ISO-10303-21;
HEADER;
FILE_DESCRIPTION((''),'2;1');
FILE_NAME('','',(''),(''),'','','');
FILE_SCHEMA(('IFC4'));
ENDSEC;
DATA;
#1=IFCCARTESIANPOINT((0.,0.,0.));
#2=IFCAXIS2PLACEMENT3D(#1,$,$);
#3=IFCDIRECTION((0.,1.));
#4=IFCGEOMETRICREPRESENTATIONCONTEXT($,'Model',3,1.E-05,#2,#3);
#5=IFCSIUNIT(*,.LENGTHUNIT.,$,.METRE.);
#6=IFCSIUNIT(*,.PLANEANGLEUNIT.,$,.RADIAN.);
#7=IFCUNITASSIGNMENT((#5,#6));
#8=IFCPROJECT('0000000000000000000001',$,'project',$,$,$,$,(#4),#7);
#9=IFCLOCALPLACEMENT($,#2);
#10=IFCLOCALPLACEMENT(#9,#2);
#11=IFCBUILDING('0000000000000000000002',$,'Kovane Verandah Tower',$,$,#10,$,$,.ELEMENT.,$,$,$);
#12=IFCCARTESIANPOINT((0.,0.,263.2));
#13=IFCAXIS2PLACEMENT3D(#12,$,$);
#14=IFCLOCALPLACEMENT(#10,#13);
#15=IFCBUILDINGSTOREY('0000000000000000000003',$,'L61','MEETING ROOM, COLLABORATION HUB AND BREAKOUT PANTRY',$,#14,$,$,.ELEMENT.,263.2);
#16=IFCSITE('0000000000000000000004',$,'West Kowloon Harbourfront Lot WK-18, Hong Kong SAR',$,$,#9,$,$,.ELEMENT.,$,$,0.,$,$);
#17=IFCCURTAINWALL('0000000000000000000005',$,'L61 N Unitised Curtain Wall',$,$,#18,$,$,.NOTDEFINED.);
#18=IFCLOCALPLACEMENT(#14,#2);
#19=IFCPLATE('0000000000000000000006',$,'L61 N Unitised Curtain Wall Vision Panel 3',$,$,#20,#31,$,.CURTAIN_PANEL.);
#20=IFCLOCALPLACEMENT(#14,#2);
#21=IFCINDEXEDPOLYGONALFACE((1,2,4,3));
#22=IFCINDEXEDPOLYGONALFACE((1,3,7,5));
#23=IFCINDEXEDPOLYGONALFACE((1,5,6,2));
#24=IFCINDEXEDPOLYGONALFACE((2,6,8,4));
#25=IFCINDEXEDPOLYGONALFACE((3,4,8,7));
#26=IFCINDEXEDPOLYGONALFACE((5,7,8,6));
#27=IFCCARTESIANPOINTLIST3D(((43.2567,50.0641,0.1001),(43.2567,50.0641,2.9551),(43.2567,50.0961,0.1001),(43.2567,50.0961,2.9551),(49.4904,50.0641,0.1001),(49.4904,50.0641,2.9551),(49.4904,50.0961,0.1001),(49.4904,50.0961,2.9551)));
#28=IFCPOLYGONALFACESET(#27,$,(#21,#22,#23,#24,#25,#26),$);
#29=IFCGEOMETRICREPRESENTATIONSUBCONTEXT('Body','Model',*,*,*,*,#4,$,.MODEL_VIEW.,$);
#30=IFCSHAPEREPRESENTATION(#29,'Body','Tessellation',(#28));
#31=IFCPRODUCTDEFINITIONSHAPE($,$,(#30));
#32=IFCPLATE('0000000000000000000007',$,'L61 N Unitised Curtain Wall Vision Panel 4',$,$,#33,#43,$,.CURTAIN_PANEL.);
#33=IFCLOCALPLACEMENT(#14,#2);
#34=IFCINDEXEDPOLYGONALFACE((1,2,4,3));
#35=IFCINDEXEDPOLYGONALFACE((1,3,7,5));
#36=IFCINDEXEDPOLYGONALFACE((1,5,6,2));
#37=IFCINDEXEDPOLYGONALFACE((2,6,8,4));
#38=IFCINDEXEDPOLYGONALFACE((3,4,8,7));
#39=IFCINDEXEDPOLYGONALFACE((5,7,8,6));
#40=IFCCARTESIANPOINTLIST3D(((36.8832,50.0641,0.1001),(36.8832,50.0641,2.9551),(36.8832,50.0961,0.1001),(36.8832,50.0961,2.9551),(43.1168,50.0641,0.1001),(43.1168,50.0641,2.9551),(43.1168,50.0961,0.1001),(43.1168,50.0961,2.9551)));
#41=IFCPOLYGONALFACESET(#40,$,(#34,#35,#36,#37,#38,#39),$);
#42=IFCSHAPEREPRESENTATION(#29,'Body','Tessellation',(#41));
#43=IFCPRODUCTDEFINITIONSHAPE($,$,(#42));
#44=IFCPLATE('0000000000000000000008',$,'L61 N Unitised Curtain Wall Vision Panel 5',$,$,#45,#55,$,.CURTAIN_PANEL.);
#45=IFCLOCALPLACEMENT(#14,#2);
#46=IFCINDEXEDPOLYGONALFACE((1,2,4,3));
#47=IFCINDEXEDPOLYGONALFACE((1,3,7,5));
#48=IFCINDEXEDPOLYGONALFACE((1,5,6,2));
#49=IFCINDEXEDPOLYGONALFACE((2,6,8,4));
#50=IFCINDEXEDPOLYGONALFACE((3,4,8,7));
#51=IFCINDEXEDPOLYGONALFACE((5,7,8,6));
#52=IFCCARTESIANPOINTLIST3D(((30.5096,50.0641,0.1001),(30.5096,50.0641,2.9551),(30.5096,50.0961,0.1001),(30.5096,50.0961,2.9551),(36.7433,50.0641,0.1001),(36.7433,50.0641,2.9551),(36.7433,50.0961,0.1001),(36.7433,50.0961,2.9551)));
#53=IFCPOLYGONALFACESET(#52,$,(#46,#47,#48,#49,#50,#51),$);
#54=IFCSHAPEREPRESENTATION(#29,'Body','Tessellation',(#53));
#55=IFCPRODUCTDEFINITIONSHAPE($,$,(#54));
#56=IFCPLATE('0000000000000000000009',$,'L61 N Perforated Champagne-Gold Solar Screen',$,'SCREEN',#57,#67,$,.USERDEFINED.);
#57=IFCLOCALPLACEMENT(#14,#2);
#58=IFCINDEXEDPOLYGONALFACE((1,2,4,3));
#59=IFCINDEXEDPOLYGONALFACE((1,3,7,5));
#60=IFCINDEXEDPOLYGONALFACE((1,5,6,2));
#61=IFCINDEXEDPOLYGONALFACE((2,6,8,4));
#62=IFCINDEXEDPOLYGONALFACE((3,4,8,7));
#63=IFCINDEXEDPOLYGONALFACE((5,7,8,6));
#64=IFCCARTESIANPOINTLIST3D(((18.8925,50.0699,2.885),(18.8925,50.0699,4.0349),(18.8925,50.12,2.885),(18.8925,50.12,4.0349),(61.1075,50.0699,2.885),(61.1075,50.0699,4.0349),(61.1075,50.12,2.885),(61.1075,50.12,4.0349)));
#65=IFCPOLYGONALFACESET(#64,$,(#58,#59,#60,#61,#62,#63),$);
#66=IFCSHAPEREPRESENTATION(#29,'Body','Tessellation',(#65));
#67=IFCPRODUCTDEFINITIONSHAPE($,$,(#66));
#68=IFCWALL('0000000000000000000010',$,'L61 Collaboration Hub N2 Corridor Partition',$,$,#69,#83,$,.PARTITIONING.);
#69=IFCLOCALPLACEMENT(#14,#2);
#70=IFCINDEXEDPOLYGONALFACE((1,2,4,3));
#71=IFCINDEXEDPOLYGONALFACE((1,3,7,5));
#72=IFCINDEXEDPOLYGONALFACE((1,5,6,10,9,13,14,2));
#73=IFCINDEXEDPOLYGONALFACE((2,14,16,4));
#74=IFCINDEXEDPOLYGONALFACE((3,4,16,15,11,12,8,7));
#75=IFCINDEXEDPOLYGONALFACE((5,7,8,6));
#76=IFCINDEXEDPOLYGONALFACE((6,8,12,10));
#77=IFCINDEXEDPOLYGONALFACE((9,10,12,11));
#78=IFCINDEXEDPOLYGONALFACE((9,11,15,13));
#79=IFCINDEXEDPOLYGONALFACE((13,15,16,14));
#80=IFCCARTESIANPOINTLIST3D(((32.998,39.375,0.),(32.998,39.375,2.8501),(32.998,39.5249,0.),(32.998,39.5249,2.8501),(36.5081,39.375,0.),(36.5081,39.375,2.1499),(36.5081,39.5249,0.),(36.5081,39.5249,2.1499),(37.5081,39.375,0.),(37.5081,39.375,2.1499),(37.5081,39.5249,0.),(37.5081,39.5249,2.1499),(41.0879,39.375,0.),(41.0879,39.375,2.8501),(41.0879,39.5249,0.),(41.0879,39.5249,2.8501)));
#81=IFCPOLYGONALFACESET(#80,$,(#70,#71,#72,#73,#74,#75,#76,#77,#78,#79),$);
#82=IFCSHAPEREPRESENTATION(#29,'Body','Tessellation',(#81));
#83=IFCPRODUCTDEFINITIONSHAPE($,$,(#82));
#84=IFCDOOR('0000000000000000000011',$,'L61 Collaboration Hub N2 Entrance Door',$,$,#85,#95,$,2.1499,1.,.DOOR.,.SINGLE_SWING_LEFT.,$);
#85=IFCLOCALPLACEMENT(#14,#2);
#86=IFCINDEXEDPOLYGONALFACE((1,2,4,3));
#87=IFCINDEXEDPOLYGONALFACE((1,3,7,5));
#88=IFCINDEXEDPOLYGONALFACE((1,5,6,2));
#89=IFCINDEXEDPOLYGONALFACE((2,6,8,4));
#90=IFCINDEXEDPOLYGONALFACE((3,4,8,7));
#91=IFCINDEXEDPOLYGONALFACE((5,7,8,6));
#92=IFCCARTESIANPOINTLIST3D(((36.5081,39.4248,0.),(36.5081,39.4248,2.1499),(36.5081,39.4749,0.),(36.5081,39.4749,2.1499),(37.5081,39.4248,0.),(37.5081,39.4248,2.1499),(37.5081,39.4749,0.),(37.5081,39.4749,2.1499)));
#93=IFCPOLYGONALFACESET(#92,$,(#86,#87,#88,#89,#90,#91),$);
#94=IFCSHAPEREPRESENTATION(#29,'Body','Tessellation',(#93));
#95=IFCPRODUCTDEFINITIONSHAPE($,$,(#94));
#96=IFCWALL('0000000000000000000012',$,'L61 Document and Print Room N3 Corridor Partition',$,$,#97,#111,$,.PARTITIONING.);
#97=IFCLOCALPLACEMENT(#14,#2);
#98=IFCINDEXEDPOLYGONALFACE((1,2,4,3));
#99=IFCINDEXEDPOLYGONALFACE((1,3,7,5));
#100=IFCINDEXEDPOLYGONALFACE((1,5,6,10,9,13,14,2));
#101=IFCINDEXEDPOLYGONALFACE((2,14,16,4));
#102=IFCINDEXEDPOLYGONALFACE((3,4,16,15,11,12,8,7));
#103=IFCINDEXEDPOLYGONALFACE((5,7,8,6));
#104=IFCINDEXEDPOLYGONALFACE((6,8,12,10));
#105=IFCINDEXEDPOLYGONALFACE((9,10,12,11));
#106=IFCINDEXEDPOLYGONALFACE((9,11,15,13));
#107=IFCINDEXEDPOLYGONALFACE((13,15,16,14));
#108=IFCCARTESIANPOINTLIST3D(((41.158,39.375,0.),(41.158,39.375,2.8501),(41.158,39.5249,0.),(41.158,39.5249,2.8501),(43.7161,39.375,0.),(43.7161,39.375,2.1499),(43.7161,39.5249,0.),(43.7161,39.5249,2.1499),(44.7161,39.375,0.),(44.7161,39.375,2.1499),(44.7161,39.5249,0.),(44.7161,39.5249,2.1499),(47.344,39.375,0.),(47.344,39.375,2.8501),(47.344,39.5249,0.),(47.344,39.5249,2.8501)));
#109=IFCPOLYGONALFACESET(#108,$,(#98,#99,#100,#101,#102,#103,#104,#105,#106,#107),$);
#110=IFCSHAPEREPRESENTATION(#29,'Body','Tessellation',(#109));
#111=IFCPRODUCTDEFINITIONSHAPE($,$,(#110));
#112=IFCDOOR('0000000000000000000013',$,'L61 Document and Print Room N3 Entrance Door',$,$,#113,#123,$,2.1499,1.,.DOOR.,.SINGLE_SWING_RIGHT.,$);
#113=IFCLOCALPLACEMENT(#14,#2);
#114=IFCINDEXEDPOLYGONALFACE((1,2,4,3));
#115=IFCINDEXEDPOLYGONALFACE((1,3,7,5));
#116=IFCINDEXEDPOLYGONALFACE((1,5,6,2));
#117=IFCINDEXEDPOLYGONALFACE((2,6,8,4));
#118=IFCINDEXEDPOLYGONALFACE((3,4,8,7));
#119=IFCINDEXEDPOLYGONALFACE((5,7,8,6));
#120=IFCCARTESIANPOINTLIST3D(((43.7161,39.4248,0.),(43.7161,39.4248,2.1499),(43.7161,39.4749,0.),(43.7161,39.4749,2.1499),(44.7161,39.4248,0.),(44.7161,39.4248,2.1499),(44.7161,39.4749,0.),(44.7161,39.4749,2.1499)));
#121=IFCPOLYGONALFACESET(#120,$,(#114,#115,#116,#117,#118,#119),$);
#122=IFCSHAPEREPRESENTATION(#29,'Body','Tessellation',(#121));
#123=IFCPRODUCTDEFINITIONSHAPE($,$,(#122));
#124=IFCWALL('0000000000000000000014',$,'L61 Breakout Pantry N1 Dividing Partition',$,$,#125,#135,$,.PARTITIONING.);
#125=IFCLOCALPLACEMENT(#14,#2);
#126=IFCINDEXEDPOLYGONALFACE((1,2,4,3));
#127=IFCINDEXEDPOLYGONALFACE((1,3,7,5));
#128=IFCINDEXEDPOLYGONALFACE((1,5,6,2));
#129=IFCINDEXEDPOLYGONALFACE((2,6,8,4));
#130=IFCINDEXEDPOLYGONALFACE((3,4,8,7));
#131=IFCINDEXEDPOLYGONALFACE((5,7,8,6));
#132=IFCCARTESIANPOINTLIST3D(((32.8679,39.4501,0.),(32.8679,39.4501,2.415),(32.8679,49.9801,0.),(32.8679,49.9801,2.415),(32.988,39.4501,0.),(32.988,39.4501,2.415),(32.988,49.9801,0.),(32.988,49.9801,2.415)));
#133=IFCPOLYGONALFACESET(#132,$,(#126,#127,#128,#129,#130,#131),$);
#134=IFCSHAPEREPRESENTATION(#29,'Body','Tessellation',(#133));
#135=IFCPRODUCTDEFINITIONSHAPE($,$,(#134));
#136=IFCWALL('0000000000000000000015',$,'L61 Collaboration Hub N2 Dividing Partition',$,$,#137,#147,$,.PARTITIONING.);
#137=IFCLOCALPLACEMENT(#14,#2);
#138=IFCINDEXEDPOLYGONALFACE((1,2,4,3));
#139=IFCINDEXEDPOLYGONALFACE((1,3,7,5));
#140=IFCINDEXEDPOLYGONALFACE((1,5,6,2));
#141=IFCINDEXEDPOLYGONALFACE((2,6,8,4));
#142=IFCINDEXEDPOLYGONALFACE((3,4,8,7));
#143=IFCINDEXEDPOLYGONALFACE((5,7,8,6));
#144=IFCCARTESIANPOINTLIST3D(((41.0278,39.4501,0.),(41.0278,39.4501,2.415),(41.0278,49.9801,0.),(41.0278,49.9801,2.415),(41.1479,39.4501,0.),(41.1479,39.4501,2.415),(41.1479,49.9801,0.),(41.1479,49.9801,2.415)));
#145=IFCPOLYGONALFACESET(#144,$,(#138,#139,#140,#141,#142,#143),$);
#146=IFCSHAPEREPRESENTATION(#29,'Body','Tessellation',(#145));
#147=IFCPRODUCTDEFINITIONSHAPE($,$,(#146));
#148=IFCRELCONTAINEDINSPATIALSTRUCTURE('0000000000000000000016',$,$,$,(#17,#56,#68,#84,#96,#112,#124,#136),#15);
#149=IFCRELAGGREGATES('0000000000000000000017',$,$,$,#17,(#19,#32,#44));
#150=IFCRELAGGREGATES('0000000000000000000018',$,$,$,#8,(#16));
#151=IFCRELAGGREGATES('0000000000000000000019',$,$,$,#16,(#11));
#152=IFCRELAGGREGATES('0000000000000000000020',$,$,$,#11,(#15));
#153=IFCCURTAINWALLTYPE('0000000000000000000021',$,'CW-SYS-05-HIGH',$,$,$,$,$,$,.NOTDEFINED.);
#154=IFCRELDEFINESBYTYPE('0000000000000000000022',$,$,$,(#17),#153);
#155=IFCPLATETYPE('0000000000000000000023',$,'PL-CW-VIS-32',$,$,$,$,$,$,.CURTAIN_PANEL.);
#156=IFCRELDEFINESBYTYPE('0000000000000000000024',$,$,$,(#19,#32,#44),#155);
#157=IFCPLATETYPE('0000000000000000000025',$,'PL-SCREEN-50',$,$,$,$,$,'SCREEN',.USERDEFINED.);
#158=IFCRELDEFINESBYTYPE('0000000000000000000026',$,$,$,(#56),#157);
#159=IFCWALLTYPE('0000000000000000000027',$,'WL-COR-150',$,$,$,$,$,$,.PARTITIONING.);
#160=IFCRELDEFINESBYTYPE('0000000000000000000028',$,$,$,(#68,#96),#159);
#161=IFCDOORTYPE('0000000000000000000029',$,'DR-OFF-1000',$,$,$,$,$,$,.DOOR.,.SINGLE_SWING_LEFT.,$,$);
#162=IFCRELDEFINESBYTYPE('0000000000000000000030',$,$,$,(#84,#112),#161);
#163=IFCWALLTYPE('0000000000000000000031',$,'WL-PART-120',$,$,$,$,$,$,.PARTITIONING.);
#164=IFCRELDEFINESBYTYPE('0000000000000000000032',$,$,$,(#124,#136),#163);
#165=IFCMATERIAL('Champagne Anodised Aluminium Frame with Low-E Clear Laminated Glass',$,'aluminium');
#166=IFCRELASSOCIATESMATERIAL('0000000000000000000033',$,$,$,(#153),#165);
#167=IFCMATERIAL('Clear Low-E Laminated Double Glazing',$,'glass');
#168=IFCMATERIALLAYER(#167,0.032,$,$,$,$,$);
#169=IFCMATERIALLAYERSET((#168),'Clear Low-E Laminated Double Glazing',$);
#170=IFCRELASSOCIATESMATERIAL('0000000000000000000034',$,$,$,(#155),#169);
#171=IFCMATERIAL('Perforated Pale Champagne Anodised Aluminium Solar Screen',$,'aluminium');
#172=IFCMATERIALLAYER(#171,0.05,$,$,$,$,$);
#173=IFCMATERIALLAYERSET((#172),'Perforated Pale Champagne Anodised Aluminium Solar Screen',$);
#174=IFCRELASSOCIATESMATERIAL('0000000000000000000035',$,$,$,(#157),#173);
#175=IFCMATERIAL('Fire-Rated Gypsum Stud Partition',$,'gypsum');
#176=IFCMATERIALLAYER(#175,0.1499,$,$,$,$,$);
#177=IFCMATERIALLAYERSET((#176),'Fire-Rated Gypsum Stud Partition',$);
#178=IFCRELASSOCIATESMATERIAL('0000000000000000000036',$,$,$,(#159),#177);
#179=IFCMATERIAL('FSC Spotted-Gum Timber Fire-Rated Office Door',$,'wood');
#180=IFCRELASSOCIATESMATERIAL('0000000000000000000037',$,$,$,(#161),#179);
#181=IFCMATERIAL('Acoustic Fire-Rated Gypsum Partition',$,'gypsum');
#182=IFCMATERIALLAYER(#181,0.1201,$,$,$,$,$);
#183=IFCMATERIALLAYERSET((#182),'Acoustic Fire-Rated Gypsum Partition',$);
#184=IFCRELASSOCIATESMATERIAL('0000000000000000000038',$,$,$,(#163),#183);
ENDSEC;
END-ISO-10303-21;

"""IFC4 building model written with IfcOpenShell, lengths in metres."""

from ifc_helpers import new_model, si_unit, direction, frame, frame_2d, origin, origin_2d, place, context, subcontext, project, spatial, rectangle, extrude, material, layer, layer_set, type_object, element, fill, aggregate, save


model = new_model("IFC4")

# Units and contexts
model_context = context("Model", 3, precision=1e-05, world=origin(), true_north=direction((0.0, 1.0)))
body_context = subcontext(model_context, "Body", "Model", "MODEL_VIEW")
ifc_project = project(units=[si_unit("LENGTHUNIT", "METRE"), si_unit("PLANEANGLEUNIT", "RADIAN")], contexts=[model_context])

# Site, building, storey
site_placement = place(None, origin())
site = spatial("IfcSite", under=ifc_project, at=site_placement, Name="West Kowloon Harbourfront Lot WK-18, Hong Kong SAR", CompositionType="ELEMENT", RefElevation=0.0)
building_placement = place(site_placement, origin())
building = spatial("IfcBuilding", under=site, at=building_placement, Name="Kovane Verandah Tower", CompositionType="ELEMENT")
storey_placement = place(building_placement, frame((0.0, 0.0, 263.2)))
storey = spatial("IfcBuildingStorey", under=building, at=storey_placement, Name="L61", Description="MEETING ROOM, COLLABORATION HUB AND BREAKOUT PANTRY", CompositionType="ELEMENT", Elevation=263.2)

# Curtain wall, plates
ifc_material_1 = material(Name="Champagne Anodised Aluminium Frame with Low-E Clear Laminated Glass", Category="aluminium")
curtain_wall_type = type_object("IfcCurtainWallType", Name="CW-SYS-05-HIGH", PredefinedType="NOTDEFINED", material=ifc_material_1)
curtain_wall_placement = place(storey_placement, origin())
curtain_wall = element("IfcCurtainWall", 1, at=curtain_wall_placement, inside=storey, type_object=curtain_wall_type, Name="L61 N Unitised Curtain Wall", PredefinedType="NOTDEFINED")
ifc_material_2 = material(Name="Clear Low-E Laminated Double Glazing", Category="glass")
ifc_layer_1 = layer(ifc_material_2, 0.032)
ifc_layer_set_1 = layer_set([ifc_layer_1], Name="Clear Low-E Laminated Double Glazing")
plate_type_1 = type_object("IfcPlateType", Name="PL-CW-VIS-32", PredefinedType="CURTAIN_PANEL", material=ifc_layer_set_1)
plate_1_placement = place(storey_placement, frame((46.3735, 50.0801, 0.1001), z_axis=(0.0, 0.0, 1.0), x_axis=(-1.0, 0.0, 0.0)))
plate_1 = element("IfcPlate", 2, at=plate_1_placement, type_object=plate_type_1, Name="L61 N Unitised Curtain Wall Vision Panel 3", PredefinedType="CURTAIN_PANEL", context=body_context, shape_type="SweptSolid", body=[
    extrude(rectangle(XDim=6.2336, YDim=0.032, at=origin_2d()), origin(), (0.0, 0.0, 1.0), 2.855),
])
plate_2_placement = place(storey_placement, frame((40.0, 50.0801, 0.1001), z_axis=(0.0, 0.0, 1.0), x_axis=(-1.0, 0.0, 0.0)))
plate_2 = element("IfcPlate", 3, at=plate_2_placement, type_object=plate_type_1, Name="L61 N Unitised Curtain Wall Vision Panel 4", PredefinedType="CURTAIN_PANEL", context=body_context, shape_type="SweptSolid", body=[
    extrude(rectangle(XDim=6.2336, YDim=0.032, at=origin_2d()), origin(), (0.0, 0.0, 1.0), 2.855),
])
plate_3_placement = place(storey_placement, frame((33.6265, 50.0801, 0.1001), z_axis=(0.0, 0.0, 1.0), x_axis=(-1.0, 0.0, 0.0)))
plate_3 = element("IfcPlate", 4, at=plate_3_placement, type_object=plate_type_1, Name="L61 N Unitised Curtain Wall Vision Panel 5", PredefinedType="CURTAIN_PANEL", context=body_context, shape_type="SweptSolid", body=[
    extrude(rectangle(XDim=6.2336, YDim=0.032, at=origin_2d()), origin(), (0.0, 0.0, 1.0), 2.855),
])
aggregate(curtain_wall, [plate_1, plate_2, plate_3])

# Plate
ifc_material_3 = material(Name="Perforated Pale Champagne Anodised Aluminium Solar Screen", Category="aluminium")
ifc_layer_2 = layer(ifc_material_3, 0.05)
ifc_layer_set_2 = layer_set([ifc_layer_2], Name="Perforated Pale Champagne Anodised Aluminium Solar Screen")
plate_type_2 = type_object("IfcPlateType", Name="PL-SCREEN-50", ElementType="SCREEN", PredefinedType="USERDEFINED", material=ifc_layer_set_2)
plate_4_placement = place(storey_placement, frame((40.0, 50.095, 2.885), z_axis=(0.0, 0.0, 1.0), x_axis=(-1.0, 0.0, 0.0)))
element("IfcPlate", 5, at=plate_4_placement, inside=storey, type_object=plate_type_2, Name="L61 N Perforated Champagne-Gold Solar Screen", ObjectType="SCREEN", PredefinedType="USERDEFINED", context=body_context, shape_type="SweptSolid", body=[
    extrude(rectangle(XDim=42.2151, YDim=0.05, at=origin_2d()), origin(), (0.0, 0.0, 1.0), 1.1499),
])

# Walls, openings, doors
ifc_material_4 = material(Name="Fire-Rated Gypsum Stud Partition", Category="gypsum")
ifc_layer_3 = layer(ifc_material_4, 0.1499)
ifc_layer_set_3 = layer_set([ifc_layer_3], Name="Fire-Rated Gypsum Stud Partition")
wall_type_1 = type_object("IfcWallType", Name="WL-COR-150", PredefinedType="PARTITIONING", material=ifc_layer_set_3)
wall_1_placement = place(storey_placement, frame((32.998, 39.45, 0.0), z_axis=(0.0, 0.0, 1.0), x_axis=(1.0, 0.0, 0.0)))
wall_1 = element("IfcWall", 6, at=wall_1_placement, inside=storey, type_object=wall_type_1, Name="L61 Collaboration Hub N2 Corridor Partition", PredefinedType="PARTITIONING", context=body_context, shape_type="SweptSolid", body=[
    extrude(rectangle(XDim=8.0898, YDim=0.1499, at=frame_2d((4.0449, 0.0))), origin(), (0.0, 0.0, 1.0), 2.8501),
])
opening_1_placement = place(wall_1_placement, frame((3.51, 0.0, 0.0)))
opening_1 = element("IfcOpeningElement", 7, at=opening_1_placement, cuts=wall_1, PredefinedType="OPENING", context=body_context, shape_type="SweptSolid", body=[
    extrude(rectangle(XDim=1.0, YDim=2.1499, at=frame_2d((0.5, 1.075))), frame((0.0, 0.075, 0.0), z_axis=(0.0, -1.0, 0.0), x_axis=(1.0, 0.0, 0.0)), (0.0, 0.0, 1.0), 0.1499),
])
ifc_material_5 = material(Name="FSC Spotted-Gum Timber Fire-Rated Office Door", Category="wood")
door_type = type_object("IfcDoorType", Name="DR-OFF-1000", OperationType="SINGLE_SWING_LEFT", PredefinedType="DOOR", material=ifc_material_5)
door_1_placement = place(opening_1_placement, origin())
door_1 = element("IfcDoor", 8, at=door_1_placement, inside=storey, type_object=door_type, Name="L61 Collaboration Hub N2 Entrance Door", OperationType="SINGLE_SWING_LEFT", OverallHeight=2.1499, OverallWidth=1.0, PredefinedType="DOOR", context=body_context, shape_type="SweptSolid", body=[
    extrude(rectangle(XDim=1.0, YDim=2.1499, at=frame_2d((0.5, 1.075))), frame((0.0, 0.0249, 0.0), z_axis=(0.0, -1.0, 0.0), x_axis=(1.0, 0.0, 0.0)), (0.0, 0.0, 1.0), 0.05),
])
fill(opening_1, door_1)
wall_2_placement = place(storey_placement, frame((41.158, 39.45, 0.0), z_axis=(0.0, 0.0, 1.0), x_axis=(1.0, 0.0, 0.0)))
wall_2 = element("IfcWall", 9, at=wall_2_placement, inside=storey, type_object=wall_type_1, Name="L61 Document and Print Room N3 Corridor Partition", PredefinedType="PARTITIONING", context=body_context, shape_type="SweptSolid", body=[
    extrude(rectangle(XDim=6.186, YDim=0.1499, at=frame_2d((3.093, 0.0))), origin(), (0.0, 0.0, 1.0), 2.8501),
])
opening_2_placement = place(wall_2_placement, frame((2.5581, 0.0, 0.0)))
opening_2 = element("IfcOpeningElement", 10, at=opening_2_placement, cuts=wall_2, PredefinedType="OPENING", context=body_context, shape_type="SweptSolid", body=[
    extrude(rectangle(XDim=1.0, YDim=2.1499, at=frame_2d((0.5, 1.075))), frame((0.0, 0.075, 0.0), z_axis=(0.0, -1.0, 0.0), x_axis=(1.0, 0.0, 0.0)), (0.0, 0.0, 1.0), 0.1499),
])
door_2_placement = place(opening_2_placement, origin())
door_2 = element("IfcDoor", 11, at=door_2_placement, inside=storey, type_object=door_type, Name="L61 Document and Print Room N3 Entrance Door", OperationType="SINGLE_SWING_RIGHT", OverallHeight=2.1499, OverallWidth=1.0, PredefinedType="DOOR", context=body_context, shape_type="SweptSolid", body=[
    extrude(rectangle(XDim=1.0, YDim=2.1499, at=frame_2d((0.5, 1.075))), frame((0.0, 0.0249, 0.0), z_axis=(0.0, -1.0, 0.0), x_axis=(1.0, 0.0, 0.0)), (0.0, 0.0, 1.0), 0.05),
])
fill(opening_2, door_2)

# Walls
ifc_material_6 = material(Name="Acoustic Fire-Rated Gypsum Partition", Category="gypsum")
ifc_layer_4 = layer(ifc_material_6, 0.1201)
ifc_layer_set_4 = layer_set([ifc_layer_4], Name="Acoustic Fire-Rated Gypsum Partition")
wall_type_2 = type_object("IfcWallType", Name="WL-PART-120", PredefinedType="PARTITIONING", material=ifc_layer_set_4)
for number, where, z_axis, x_axis, name in (
    (12, (32.928, 39.45, 0.0), (0.0, 0.0, 1.0), (0.0, 1.0, 0.0), "L61 Breakout Pantry N1 Dividing Partition"),
    (13, (41.0879, 39.45, 0.0), (0.0, 0.0, 1.0), (0.0, 1.0, 0.0), "L61 Collaboration Hub N2 Dividing Partition"),
):
    element("IfcWall", number, at=place(storey_placement, frame(where, z_axis=z_axis, x_axis=x_axis)), inside=storey, type_object=wall_type_2, Name=name, PredefinedType="PARTITIONING", context=body_context, shape_type="SweptSolid", body=[
        extrude(rectangle(XDim=10.53, YDim=0.1201, at=frame_2d((5.2651, 0.0))), origin(), (0.0, 0.0, 1.0), 2.415),
    ])

save(model, "model.ifc")
